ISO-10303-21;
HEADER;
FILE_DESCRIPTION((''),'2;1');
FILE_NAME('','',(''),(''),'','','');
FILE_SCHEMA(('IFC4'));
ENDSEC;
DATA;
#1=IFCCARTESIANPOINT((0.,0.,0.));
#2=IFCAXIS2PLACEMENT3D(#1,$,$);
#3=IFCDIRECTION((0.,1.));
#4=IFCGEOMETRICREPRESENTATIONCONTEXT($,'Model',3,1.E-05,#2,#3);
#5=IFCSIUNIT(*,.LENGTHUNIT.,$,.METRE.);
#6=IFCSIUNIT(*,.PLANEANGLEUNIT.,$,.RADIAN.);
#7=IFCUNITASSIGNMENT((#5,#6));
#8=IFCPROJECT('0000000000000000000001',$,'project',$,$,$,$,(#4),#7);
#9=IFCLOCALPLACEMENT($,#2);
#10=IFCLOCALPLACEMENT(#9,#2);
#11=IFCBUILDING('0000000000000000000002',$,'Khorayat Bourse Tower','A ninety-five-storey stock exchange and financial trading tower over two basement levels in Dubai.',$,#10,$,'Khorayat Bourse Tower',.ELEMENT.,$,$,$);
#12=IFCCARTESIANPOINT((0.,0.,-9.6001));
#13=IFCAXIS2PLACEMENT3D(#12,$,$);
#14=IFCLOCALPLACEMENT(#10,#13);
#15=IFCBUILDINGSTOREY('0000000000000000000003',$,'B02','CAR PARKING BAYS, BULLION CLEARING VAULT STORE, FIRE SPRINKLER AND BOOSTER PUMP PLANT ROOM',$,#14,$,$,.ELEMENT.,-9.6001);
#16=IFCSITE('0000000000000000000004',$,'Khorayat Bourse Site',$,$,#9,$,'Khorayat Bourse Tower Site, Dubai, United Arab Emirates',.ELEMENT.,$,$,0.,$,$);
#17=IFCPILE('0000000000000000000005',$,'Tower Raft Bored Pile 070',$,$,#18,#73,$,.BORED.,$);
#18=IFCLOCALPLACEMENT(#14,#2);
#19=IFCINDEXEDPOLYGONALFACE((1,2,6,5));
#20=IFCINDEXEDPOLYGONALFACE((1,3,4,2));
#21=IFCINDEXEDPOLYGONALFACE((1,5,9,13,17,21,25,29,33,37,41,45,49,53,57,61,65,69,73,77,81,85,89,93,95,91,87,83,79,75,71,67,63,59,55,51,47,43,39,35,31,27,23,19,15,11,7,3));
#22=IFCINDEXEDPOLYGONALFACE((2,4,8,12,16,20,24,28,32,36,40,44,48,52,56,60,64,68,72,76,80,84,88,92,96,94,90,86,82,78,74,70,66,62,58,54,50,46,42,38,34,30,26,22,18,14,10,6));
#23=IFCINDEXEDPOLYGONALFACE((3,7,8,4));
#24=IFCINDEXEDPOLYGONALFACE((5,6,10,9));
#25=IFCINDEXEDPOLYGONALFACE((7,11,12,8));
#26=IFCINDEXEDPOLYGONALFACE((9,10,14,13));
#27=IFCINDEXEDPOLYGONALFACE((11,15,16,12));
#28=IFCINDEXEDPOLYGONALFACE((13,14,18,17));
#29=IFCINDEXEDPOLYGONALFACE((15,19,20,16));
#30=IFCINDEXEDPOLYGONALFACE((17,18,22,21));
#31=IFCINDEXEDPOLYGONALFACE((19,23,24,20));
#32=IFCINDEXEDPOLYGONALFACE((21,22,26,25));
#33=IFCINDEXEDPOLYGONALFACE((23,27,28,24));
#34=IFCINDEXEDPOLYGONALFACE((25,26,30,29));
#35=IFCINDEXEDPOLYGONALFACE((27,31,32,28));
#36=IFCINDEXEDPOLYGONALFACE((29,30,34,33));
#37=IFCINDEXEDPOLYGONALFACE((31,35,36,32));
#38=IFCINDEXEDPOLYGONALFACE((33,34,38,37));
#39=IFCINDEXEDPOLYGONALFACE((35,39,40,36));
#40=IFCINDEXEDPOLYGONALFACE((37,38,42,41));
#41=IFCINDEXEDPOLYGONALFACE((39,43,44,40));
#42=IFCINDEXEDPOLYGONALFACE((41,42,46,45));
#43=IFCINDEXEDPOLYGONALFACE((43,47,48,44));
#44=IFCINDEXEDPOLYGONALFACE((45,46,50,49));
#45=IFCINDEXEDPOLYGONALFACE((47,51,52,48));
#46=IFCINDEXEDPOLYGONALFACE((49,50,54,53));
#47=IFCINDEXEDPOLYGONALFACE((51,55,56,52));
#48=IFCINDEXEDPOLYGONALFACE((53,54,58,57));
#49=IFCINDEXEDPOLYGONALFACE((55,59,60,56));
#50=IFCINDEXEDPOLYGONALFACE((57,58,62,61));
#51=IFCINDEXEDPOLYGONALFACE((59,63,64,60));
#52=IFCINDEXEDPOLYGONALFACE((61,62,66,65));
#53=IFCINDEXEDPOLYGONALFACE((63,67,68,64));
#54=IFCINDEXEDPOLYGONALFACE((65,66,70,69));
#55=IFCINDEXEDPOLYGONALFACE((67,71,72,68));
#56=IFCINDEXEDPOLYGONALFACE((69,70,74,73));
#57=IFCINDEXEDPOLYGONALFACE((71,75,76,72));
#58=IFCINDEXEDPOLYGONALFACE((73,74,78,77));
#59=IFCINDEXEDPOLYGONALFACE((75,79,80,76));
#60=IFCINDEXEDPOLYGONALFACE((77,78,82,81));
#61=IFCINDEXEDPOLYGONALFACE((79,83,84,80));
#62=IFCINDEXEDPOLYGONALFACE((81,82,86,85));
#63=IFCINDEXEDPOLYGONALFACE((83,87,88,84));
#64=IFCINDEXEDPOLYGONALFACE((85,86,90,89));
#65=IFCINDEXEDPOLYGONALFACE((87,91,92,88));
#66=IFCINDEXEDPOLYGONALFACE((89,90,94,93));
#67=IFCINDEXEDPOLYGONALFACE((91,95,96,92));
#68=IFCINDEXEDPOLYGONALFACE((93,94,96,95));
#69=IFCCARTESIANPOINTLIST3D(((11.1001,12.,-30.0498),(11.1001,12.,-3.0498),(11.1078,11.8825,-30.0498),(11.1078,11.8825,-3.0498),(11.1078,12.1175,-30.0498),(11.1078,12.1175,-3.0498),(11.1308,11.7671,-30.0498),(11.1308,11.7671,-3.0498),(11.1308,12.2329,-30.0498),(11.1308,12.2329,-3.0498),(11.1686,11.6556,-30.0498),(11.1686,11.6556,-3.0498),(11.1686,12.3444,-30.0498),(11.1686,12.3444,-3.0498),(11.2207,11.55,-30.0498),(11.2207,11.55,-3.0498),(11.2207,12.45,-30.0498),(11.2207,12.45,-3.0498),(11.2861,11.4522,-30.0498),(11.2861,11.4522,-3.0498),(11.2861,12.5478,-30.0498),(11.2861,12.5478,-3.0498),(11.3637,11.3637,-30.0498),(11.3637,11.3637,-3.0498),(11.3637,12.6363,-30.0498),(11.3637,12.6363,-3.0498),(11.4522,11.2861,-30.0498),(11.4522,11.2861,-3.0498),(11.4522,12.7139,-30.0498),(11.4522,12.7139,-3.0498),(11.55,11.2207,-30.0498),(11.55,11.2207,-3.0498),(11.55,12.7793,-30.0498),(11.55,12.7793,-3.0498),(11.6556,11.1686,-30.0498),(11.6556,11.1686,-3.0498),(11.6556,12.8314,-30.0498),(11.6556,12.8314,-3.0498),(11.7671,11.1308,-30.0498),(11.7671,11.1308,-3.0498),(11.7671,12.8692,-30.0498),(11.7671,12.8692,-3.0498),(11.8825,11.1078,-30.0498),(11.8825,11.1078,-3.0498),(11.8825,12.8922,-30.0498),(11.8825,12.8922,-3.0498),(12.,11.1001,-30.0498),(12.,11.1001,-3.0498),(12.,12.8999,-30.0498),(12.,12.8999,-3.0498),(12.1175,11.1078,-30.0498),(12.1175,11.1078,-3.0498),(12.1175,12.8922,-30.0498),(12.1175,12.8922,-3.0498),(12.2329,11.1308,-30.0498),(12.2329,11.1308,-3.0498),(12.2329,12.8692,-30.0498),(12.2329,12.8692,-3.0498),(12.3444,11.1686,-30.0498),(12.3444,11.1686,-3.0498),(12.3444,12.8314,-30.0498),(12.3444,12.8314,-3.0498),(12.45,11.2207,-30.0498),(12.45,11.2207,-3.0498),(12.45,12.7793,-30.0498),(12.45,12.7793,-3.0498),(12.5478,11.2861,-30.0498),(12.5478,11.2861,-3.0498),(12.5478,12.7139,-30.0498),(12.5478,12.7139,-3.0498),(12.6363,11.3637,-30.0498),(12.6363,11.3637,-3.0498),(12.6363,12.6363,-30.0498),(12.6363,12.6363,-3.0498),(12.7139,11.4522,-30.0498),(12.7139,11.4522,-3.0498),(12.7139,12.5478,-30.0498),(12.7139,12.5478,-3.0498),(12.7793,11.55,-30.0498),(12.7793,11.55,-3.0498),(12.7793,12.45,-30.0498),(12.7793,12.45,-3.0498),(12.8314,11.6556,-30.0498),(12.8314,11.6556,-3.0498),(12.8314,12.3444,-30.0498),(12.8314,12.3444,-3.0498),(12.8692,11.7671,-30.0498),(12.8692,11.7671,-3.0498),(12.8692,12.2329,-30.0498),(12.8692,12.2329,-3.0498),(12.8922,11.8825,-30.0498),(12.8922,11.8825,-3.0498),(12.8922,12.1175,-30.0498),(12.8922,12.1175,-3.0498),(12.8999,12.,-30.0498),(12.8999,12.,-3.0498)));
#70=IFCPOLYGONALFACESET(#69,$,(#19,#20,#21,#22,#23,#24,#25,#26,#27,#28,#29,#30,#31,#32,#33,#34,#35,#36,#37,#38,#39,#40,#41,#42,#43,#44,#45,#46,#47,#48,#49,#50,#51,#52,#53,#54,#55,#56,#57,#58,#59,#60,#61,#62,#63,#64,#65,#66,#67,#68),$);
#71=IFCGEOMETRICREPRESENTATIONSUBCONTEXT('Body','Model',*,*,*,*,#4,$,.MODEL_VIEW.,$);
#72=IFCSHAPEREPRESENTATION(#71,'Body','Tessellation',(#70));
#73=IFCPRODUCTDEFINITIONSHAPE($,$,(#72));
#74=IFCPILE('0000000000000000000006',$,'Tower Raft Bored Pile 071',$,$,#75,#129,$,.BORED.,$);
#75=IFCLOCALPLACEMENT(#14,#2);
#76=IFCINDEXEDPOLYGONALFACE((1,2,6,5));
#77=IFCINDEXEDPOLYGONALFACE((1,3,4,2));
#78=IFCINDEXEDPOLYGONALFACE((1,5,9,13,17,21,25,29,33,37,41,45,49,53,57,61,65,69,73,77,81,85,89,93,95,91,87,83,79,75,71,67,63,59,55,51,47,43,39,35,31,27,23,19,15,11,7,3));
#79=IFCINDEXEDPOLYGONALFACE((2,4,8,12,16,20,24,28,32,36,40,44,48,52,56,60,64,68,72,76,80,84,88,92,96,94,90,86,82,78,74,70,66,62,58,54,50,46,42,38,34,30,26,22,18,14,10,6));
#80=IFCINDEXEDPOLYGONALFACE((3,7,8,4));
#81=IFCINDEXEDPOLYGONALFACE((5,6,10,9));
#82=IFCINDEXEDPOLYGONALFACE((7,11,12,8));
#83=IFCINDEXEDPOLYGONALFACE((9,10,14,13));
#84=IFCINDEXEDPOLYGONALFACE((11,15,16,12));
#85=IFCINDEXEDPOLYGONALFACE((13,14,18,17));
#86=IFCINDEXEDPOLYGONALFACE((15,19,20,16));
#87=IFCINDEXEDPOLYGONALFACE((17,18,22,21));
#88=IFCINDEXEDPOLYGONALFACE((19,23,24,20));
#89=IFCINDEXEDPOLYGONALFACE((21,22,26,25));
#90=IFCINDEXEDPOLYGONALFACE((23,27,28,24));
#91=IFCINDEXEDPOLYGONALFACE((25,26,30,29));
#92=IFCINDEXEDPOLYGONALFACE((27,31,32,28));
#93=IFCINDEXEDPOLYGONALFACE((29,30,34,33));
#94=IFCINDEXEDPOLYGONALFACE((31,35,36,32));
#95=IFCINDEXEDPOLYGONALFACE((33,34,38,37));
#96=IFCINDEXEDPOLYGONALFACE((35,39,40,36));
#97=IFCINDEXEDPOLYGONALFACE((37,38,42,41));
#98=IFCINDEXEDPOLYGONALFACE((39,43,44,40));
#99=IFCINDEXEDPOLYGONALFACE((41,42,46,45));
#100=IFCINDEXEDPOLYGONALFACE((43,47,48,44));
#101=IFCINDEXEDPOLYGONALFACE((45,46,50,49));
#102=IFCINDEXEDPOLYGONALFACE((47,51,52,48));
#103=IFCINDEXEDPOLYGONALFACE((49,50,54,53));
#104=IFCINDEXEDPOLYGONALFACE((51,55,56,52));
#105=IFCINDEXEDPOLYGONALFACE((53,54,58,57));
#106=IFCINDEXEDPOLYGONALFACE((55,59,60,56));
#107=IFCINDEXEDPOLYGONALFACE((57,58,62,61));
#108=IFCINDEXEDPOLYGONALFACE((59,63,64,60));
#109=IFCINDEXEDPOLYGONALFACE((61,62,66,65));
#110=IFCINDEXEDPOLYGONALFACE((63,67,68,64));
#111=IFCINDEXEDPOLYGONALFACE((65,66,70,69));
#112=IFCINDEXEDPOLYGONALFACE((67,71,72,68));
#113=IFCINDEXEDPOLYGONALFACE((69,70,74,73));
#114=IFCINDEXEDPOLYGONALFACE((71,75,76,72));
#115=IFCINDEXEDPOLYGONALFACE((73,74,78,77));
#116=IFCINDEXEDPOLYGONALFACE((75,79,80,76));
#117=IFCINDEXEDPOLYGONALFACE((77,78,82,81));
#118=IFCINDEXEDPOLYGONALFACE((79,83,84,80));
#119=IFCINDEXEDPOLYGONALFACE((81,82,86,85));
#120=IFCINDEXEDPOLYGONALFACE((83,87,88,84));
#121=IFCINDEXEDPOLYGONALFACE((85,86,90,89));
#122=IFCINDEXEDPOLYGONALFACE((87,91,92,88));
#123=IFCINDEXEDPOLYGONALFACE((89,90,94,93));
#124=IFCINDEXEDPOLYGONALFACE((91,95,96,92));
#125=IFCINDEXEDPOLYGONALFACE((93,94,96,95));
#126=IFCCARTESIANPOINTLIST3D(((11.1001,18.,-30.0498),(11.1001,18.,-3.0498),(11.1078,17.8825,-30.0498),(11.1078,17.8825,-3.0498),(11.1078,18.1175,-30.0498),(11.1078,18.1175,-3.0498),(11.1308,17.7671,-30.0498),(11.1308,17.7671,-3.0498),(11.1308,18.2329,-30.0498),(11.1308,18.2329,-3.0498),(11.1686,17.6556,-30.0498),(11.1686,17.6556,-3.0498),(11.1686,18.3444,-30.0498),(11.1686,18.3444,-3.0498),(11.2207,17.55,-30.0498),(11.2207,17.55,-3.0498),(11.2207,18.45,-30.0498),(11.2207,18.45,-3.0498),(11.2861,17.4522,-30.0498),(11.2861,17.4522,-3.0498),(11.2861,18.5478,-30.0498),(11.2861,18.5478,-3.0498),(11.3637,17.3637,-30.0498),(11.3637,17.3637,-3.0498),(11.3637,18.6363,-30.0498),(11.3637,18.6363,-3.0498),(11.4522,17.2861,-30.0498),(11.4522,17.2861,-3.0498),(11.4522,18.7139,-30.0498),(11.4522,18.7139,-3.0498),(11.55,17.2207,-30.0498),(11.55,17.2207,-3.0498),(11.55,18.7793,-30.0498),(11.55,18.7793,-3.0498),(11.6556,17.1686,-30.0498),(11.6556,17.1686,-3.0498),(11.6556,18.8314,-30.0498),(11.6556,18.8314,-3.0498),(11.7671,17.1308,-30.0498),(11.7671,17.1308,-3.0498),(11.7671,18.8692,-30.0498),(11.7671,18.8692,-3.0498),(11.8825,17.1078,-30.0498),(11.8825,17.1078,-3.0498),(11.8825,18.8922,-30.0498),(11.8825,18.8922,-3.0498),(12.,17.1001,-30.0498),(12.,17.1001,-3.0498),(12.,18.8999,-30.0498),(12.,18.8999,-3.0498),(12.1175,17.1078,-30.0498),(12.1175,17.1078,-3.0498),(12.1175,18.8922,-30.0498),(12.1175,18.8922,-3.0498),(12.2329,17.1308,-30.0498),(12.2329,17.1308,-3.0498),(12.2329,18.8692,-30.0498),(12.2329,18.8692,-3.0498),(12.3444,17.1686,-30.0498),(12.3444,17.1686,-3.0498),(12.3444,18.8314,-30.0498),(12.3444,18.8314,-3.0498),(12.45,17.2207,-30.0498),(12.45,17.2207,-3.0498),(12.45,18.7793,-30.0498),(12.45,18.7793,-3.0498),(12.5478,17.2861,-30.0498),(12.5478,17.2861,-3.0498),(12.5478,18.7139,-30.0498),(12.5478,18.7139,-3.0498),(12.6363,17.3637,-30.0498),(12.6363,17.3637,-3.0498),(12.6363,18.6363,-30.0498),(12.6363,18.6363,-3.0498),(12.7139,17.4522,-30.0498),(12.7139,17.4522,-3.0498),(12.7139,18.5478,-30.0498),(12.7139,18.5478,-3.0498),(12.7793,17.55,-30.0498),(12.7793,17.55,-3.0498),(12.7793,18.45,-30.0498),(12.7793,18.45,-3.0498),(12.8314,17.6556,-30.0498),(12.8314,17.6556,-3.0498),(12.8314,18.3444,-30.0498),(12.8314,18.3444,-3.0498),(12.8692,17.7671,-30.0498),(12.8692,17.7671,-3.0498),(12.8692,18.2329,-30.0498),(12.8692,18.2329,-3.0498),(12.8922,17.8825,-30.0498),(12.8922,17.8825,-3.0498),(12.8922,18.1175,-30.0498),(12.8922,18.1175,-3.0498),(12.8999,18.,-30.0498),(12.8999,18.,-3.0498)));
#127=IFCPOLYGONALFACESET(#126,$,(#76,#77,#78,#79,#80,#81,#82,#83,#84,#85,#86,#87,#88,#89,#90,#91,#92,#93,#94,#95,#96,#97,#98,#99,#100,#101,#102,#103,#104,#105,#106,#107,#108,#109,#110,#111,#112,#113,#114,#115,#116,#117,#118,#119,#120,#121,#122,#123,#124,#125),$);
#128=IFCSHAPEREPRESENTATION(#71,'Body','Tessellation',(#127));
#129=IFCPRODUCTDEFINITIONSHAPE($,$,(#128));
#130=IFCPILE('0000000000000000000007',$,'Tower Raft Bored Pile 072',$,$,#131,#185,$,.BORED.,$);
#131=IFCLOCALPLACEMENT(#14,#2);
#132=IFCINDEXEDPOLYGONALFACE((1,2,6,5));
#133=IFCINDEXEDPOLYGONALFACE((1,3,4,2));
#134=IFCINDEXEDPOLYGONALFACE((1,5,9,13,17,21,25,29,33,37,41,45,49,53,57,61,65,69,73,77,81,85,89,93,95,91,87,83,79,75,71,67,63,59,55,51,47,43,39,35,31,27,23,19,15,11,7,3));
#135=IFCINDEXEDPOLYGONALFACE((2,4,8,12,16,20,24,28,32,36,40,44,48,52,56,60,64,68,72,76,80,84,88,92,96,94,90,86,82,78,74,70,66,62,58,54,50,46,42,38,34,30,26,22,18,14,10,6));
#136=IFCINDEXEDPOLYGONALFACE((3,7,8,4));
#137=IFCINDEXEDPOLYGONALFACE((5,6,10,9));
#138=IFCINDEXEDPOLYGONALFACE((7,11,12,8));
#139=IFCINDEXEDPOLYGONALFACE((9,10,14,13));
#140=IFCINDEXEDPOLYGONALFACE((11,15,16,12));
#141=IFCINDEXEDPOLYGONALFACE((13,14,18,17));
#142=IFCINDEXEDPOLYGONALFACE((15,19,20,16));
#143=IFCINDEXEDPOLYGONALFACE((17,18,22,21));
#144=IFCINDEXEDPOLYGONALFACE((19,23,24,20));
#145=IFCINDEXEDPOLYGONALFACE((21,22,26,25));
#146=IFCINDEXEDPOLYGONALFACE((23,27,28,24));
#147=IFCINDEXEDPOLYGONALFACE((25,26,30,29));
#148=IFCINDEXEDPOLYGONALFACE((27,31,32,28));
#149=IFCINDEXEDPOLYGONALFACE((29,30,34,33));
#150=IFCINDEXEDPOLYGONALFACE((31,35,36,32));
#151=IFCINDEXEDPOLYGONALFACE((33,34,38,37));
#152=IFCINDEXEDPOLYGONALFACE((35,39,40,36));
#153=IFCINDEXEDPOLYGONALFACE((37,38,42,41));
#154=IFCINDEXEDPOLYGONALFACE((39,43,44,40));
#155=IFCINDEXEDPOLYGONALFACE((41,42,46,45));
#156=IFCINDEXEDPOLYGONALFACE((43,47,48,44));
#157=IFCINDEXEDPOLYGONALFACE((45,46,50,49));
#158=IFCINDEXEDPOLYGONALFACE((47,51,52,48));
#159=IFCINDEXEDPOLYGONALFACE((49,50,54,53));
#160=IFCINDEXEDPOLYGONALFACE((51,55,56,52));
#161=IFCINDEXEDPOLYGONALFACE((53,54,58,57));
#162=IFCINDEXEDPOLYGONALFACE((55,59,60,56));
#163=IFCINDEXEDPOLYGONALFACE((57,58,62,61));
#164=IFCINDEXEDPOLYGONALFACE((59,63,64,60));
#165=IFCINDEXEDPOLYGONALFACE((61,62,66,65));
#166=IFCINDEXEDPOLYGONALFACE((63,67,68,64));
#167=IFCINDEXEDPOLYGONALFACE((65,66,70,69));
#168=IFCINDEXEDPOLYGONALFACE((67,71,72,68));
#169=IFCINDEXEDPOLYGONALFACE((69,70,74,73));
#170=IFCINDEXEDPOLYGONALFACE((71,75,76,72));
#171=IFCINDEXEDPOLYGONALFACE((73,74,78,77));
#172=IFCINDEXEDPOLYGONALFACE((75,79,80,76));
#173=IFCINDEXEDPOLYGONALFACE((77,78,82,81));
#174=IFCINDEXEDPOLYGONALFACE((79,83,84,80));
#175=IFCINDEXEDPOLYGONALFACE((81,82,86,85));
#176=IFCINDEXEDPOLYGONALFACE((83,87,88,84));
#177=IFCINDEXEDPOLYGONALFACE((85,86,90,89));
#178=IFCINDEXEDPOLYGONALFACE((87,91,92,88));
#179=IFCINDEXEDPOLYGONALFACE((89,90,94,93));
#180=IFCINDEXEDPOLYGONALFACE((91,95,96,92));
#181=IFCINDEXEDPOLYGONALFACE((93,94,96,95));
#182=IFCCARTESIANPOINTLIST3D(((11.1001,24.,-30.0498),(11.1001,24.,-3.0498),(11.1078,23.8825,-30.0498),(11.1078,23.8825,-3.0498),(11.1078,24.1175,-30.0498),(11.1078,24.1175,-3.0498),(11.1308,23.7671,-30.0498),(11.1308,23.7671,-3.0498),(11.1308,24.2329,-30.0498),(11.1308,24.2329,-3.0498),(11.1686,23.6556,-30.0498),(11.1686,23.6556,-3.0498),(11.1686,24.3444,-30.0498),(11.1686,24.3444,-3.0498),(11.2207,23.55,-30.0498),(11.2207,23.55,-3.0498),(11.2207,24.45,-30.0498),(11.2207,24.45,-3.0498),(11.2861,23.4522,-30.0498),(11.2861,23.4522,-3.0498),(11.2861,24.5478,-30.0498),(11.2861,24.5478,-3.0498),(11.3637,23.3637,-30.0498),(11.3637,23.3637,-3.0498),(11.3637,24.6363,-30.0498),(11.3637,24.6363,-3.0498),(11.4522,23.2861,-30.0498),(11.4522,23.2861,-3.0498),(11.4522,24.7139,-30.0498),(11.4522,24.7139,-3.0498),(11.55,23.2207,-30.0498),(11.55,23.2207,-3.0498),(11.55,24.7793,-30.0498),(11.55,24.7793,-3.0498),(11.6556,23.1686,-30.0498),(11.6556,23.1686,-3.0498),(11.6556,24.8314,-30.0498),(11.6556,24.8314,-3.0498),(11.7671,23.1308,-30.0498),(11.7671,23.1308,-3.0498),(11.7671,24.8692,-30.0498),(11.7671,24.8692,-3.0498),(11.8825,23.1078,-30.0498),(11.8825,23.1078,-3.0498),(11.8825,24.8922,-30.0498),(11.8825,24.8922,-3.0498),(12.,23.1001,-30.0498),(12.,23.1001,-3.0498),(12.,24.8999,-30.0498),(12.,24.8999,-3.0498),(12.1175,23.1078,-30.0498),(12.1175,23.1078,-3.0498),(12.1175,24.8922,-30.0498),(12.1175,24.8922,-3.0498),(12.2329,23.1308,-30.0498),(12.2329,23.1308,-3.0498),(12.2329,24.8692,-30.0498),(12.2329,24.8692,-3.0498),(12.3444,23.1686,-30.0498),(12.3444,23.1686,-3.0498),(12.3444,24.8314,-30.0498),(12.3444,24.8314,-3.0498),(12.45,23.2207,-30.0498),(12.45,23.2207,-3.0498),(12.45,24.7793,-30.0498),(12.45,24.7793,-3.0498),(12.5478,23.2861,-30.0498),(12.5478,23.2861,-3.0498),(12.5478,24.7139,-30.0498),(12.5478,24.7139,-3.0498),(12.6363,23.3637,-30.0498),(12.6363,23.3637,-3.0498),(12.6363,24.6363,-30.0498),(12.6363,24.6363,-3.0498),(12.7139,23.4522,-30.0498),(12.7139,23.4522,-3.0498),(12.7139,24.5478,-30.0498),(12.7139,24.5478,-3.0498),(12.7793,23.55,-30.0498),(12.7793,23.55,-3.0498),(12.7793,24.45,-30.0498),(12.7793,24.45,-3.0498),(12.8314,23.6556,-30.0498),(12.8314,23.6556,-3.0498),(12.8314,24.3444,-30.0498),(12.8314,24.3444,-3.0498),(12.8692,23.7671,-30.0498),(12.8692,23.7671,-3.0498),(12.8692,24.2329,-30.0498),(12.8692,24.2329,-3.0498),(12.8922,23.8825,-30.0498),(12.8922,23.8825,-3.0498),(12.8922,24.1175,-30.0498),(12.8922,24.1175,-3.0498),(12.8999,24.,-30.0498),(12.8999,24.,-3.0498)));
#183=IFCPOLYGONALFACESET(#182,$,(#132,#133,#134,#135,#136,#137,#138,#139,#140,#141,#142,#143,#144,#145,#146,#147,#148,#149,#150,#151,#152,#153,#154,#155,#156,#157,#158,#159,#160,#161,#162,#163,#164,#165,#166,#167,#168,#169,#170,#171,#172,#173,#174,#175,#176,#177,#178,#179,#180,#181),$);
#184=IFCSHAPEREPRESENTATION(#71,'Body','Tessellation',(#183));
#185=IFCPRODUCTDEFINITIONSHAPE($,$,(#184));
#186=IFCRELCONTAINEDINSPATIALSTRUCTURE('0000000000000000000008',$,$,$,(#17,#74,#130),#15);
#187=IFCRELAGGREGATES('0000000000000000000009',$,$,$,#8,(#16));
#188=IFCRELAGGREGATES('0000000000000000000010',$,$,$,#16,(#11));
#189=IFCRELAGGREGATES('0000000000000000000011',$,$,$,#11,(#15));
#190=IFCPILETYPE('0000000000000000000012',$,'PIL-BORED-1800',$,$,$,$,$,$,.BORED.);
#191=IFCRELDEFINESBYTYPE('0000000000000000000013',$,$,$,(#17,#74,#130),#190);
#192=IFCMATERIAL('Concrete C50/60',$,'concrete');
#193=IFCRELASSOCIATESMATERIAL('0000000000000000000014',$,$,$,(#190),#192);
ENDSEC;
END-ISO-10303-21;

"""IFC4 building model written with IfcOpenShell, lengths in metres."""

from ifc_helpers import new_model, si_unit, direction, frame, origin, origin_2d, place, context, subcontext, project, spatial, circle, extrude, source, transform, mapped, material, material_profile, profile_set, type_object, element, save


model = new_model("IFC4")

# Units and contexts
model_context = context("Model", 3, precision=1e-05, world=origin(), true_north=direction((0.0, 1.0)))
body_context = subcontext(model_context, "Body", "Model", "MODEL_VIEW")
ifc_project = project(units=[si_unit("LENGTHUNIT", "METRE"), si_unit("PLANEANGLEUNIT", "RADIAN")], contexts=[model_context])

# Site, building, storey
site_placement = place(None, origin())
site = spatial("IfcSite", under=ifc_project, at=site_placement, Name="Khorayat Bourse Site", LongName="Khorayat Bourse Tower Site, Dubai, United Arab Emirates", CompositionType="ELEMENT", RefElevation=0.0)
building_placement = place(site_placement, origin())
building = spatial("IfcBuilding", under=site, at=building_placement, Name="Khorayat Bourse Tower", Description="A ninety-five-storey stock exchange and financial trading tower over two basement levels in Dubai.", LongName="Khorayat Bourse Tower", CompositionType="ELEMENT")
storey_placement = place(building_placement, frame((0.0, 0.0, -9.6001)))
storey = spatial("IfcBuildingStorey", under=building, at=storey_placement, Name="B02", Description="CAR PARKING BAYS, BULLION CLEARING VAULT STORE, FIRE SPRINKLER AND BOOSTER PUMP PLANT ROOM", CompositionType="ELEMENT", Elevation=-9.6001)

# Piles
ifc_material_1 = material(Name="Concrete C50/60", Category="concrete")
ifc_material_profile_1 = material_profile(ifc_material_1, circle(Radius=0.8999, at=origin_2d()), Name="BORED PILE D1800")
ifc_profile_set_1 = profile_set([ifc_material_profile_1], Name="Concrete C50/60")
pile_type_1 = type_object("IfcPileType", Name="PIL-BORED-1800", PredefinedType="BORED", material=ifc_profile_set_1)
shared_shape_1 = source(origin(), body_context, "Body", "SweptSolid", [
    extrude(circle(Radius=0.8999, at=origin_2d()), origin(), (0.0, 0.0, 1.0), 27.0),
])
for number, where, z_axis, x_axis, name in (
    (1, (12.0, 12.0, -3.0498), (0.0, 0.0, -1.0), (1.0, 0.0, 0.0), "Tower Raft Bored Pile 070"),
    (2, (12.0, 18.0, -3.0498), (0.0, 0.0, -1.0), (1.0, 0.0, 0.0), "Tower Raft Bored Pile 071"),
    (3, (12.0, 24.0, -3.0498), (0.0, 0.0, -1.0), (1.0, 0.0, 0.0), "Tower Raft Bored Pile 072"),
):
    element("IfcPile", number, at=place(storey_placement, frame(where, z_axis=z_axis, x_axis=x_axis)), inside=storey, type_object=pile_type_1, Name=name, PredefinedType="BORED", context=body_context, shape_type="MappedRepresentation", body=[
        mapped(shared_shape_1, transform((0.0, 0.0, 0.0), scale=1.0)),
    ])

save(model, "model.ifc")
